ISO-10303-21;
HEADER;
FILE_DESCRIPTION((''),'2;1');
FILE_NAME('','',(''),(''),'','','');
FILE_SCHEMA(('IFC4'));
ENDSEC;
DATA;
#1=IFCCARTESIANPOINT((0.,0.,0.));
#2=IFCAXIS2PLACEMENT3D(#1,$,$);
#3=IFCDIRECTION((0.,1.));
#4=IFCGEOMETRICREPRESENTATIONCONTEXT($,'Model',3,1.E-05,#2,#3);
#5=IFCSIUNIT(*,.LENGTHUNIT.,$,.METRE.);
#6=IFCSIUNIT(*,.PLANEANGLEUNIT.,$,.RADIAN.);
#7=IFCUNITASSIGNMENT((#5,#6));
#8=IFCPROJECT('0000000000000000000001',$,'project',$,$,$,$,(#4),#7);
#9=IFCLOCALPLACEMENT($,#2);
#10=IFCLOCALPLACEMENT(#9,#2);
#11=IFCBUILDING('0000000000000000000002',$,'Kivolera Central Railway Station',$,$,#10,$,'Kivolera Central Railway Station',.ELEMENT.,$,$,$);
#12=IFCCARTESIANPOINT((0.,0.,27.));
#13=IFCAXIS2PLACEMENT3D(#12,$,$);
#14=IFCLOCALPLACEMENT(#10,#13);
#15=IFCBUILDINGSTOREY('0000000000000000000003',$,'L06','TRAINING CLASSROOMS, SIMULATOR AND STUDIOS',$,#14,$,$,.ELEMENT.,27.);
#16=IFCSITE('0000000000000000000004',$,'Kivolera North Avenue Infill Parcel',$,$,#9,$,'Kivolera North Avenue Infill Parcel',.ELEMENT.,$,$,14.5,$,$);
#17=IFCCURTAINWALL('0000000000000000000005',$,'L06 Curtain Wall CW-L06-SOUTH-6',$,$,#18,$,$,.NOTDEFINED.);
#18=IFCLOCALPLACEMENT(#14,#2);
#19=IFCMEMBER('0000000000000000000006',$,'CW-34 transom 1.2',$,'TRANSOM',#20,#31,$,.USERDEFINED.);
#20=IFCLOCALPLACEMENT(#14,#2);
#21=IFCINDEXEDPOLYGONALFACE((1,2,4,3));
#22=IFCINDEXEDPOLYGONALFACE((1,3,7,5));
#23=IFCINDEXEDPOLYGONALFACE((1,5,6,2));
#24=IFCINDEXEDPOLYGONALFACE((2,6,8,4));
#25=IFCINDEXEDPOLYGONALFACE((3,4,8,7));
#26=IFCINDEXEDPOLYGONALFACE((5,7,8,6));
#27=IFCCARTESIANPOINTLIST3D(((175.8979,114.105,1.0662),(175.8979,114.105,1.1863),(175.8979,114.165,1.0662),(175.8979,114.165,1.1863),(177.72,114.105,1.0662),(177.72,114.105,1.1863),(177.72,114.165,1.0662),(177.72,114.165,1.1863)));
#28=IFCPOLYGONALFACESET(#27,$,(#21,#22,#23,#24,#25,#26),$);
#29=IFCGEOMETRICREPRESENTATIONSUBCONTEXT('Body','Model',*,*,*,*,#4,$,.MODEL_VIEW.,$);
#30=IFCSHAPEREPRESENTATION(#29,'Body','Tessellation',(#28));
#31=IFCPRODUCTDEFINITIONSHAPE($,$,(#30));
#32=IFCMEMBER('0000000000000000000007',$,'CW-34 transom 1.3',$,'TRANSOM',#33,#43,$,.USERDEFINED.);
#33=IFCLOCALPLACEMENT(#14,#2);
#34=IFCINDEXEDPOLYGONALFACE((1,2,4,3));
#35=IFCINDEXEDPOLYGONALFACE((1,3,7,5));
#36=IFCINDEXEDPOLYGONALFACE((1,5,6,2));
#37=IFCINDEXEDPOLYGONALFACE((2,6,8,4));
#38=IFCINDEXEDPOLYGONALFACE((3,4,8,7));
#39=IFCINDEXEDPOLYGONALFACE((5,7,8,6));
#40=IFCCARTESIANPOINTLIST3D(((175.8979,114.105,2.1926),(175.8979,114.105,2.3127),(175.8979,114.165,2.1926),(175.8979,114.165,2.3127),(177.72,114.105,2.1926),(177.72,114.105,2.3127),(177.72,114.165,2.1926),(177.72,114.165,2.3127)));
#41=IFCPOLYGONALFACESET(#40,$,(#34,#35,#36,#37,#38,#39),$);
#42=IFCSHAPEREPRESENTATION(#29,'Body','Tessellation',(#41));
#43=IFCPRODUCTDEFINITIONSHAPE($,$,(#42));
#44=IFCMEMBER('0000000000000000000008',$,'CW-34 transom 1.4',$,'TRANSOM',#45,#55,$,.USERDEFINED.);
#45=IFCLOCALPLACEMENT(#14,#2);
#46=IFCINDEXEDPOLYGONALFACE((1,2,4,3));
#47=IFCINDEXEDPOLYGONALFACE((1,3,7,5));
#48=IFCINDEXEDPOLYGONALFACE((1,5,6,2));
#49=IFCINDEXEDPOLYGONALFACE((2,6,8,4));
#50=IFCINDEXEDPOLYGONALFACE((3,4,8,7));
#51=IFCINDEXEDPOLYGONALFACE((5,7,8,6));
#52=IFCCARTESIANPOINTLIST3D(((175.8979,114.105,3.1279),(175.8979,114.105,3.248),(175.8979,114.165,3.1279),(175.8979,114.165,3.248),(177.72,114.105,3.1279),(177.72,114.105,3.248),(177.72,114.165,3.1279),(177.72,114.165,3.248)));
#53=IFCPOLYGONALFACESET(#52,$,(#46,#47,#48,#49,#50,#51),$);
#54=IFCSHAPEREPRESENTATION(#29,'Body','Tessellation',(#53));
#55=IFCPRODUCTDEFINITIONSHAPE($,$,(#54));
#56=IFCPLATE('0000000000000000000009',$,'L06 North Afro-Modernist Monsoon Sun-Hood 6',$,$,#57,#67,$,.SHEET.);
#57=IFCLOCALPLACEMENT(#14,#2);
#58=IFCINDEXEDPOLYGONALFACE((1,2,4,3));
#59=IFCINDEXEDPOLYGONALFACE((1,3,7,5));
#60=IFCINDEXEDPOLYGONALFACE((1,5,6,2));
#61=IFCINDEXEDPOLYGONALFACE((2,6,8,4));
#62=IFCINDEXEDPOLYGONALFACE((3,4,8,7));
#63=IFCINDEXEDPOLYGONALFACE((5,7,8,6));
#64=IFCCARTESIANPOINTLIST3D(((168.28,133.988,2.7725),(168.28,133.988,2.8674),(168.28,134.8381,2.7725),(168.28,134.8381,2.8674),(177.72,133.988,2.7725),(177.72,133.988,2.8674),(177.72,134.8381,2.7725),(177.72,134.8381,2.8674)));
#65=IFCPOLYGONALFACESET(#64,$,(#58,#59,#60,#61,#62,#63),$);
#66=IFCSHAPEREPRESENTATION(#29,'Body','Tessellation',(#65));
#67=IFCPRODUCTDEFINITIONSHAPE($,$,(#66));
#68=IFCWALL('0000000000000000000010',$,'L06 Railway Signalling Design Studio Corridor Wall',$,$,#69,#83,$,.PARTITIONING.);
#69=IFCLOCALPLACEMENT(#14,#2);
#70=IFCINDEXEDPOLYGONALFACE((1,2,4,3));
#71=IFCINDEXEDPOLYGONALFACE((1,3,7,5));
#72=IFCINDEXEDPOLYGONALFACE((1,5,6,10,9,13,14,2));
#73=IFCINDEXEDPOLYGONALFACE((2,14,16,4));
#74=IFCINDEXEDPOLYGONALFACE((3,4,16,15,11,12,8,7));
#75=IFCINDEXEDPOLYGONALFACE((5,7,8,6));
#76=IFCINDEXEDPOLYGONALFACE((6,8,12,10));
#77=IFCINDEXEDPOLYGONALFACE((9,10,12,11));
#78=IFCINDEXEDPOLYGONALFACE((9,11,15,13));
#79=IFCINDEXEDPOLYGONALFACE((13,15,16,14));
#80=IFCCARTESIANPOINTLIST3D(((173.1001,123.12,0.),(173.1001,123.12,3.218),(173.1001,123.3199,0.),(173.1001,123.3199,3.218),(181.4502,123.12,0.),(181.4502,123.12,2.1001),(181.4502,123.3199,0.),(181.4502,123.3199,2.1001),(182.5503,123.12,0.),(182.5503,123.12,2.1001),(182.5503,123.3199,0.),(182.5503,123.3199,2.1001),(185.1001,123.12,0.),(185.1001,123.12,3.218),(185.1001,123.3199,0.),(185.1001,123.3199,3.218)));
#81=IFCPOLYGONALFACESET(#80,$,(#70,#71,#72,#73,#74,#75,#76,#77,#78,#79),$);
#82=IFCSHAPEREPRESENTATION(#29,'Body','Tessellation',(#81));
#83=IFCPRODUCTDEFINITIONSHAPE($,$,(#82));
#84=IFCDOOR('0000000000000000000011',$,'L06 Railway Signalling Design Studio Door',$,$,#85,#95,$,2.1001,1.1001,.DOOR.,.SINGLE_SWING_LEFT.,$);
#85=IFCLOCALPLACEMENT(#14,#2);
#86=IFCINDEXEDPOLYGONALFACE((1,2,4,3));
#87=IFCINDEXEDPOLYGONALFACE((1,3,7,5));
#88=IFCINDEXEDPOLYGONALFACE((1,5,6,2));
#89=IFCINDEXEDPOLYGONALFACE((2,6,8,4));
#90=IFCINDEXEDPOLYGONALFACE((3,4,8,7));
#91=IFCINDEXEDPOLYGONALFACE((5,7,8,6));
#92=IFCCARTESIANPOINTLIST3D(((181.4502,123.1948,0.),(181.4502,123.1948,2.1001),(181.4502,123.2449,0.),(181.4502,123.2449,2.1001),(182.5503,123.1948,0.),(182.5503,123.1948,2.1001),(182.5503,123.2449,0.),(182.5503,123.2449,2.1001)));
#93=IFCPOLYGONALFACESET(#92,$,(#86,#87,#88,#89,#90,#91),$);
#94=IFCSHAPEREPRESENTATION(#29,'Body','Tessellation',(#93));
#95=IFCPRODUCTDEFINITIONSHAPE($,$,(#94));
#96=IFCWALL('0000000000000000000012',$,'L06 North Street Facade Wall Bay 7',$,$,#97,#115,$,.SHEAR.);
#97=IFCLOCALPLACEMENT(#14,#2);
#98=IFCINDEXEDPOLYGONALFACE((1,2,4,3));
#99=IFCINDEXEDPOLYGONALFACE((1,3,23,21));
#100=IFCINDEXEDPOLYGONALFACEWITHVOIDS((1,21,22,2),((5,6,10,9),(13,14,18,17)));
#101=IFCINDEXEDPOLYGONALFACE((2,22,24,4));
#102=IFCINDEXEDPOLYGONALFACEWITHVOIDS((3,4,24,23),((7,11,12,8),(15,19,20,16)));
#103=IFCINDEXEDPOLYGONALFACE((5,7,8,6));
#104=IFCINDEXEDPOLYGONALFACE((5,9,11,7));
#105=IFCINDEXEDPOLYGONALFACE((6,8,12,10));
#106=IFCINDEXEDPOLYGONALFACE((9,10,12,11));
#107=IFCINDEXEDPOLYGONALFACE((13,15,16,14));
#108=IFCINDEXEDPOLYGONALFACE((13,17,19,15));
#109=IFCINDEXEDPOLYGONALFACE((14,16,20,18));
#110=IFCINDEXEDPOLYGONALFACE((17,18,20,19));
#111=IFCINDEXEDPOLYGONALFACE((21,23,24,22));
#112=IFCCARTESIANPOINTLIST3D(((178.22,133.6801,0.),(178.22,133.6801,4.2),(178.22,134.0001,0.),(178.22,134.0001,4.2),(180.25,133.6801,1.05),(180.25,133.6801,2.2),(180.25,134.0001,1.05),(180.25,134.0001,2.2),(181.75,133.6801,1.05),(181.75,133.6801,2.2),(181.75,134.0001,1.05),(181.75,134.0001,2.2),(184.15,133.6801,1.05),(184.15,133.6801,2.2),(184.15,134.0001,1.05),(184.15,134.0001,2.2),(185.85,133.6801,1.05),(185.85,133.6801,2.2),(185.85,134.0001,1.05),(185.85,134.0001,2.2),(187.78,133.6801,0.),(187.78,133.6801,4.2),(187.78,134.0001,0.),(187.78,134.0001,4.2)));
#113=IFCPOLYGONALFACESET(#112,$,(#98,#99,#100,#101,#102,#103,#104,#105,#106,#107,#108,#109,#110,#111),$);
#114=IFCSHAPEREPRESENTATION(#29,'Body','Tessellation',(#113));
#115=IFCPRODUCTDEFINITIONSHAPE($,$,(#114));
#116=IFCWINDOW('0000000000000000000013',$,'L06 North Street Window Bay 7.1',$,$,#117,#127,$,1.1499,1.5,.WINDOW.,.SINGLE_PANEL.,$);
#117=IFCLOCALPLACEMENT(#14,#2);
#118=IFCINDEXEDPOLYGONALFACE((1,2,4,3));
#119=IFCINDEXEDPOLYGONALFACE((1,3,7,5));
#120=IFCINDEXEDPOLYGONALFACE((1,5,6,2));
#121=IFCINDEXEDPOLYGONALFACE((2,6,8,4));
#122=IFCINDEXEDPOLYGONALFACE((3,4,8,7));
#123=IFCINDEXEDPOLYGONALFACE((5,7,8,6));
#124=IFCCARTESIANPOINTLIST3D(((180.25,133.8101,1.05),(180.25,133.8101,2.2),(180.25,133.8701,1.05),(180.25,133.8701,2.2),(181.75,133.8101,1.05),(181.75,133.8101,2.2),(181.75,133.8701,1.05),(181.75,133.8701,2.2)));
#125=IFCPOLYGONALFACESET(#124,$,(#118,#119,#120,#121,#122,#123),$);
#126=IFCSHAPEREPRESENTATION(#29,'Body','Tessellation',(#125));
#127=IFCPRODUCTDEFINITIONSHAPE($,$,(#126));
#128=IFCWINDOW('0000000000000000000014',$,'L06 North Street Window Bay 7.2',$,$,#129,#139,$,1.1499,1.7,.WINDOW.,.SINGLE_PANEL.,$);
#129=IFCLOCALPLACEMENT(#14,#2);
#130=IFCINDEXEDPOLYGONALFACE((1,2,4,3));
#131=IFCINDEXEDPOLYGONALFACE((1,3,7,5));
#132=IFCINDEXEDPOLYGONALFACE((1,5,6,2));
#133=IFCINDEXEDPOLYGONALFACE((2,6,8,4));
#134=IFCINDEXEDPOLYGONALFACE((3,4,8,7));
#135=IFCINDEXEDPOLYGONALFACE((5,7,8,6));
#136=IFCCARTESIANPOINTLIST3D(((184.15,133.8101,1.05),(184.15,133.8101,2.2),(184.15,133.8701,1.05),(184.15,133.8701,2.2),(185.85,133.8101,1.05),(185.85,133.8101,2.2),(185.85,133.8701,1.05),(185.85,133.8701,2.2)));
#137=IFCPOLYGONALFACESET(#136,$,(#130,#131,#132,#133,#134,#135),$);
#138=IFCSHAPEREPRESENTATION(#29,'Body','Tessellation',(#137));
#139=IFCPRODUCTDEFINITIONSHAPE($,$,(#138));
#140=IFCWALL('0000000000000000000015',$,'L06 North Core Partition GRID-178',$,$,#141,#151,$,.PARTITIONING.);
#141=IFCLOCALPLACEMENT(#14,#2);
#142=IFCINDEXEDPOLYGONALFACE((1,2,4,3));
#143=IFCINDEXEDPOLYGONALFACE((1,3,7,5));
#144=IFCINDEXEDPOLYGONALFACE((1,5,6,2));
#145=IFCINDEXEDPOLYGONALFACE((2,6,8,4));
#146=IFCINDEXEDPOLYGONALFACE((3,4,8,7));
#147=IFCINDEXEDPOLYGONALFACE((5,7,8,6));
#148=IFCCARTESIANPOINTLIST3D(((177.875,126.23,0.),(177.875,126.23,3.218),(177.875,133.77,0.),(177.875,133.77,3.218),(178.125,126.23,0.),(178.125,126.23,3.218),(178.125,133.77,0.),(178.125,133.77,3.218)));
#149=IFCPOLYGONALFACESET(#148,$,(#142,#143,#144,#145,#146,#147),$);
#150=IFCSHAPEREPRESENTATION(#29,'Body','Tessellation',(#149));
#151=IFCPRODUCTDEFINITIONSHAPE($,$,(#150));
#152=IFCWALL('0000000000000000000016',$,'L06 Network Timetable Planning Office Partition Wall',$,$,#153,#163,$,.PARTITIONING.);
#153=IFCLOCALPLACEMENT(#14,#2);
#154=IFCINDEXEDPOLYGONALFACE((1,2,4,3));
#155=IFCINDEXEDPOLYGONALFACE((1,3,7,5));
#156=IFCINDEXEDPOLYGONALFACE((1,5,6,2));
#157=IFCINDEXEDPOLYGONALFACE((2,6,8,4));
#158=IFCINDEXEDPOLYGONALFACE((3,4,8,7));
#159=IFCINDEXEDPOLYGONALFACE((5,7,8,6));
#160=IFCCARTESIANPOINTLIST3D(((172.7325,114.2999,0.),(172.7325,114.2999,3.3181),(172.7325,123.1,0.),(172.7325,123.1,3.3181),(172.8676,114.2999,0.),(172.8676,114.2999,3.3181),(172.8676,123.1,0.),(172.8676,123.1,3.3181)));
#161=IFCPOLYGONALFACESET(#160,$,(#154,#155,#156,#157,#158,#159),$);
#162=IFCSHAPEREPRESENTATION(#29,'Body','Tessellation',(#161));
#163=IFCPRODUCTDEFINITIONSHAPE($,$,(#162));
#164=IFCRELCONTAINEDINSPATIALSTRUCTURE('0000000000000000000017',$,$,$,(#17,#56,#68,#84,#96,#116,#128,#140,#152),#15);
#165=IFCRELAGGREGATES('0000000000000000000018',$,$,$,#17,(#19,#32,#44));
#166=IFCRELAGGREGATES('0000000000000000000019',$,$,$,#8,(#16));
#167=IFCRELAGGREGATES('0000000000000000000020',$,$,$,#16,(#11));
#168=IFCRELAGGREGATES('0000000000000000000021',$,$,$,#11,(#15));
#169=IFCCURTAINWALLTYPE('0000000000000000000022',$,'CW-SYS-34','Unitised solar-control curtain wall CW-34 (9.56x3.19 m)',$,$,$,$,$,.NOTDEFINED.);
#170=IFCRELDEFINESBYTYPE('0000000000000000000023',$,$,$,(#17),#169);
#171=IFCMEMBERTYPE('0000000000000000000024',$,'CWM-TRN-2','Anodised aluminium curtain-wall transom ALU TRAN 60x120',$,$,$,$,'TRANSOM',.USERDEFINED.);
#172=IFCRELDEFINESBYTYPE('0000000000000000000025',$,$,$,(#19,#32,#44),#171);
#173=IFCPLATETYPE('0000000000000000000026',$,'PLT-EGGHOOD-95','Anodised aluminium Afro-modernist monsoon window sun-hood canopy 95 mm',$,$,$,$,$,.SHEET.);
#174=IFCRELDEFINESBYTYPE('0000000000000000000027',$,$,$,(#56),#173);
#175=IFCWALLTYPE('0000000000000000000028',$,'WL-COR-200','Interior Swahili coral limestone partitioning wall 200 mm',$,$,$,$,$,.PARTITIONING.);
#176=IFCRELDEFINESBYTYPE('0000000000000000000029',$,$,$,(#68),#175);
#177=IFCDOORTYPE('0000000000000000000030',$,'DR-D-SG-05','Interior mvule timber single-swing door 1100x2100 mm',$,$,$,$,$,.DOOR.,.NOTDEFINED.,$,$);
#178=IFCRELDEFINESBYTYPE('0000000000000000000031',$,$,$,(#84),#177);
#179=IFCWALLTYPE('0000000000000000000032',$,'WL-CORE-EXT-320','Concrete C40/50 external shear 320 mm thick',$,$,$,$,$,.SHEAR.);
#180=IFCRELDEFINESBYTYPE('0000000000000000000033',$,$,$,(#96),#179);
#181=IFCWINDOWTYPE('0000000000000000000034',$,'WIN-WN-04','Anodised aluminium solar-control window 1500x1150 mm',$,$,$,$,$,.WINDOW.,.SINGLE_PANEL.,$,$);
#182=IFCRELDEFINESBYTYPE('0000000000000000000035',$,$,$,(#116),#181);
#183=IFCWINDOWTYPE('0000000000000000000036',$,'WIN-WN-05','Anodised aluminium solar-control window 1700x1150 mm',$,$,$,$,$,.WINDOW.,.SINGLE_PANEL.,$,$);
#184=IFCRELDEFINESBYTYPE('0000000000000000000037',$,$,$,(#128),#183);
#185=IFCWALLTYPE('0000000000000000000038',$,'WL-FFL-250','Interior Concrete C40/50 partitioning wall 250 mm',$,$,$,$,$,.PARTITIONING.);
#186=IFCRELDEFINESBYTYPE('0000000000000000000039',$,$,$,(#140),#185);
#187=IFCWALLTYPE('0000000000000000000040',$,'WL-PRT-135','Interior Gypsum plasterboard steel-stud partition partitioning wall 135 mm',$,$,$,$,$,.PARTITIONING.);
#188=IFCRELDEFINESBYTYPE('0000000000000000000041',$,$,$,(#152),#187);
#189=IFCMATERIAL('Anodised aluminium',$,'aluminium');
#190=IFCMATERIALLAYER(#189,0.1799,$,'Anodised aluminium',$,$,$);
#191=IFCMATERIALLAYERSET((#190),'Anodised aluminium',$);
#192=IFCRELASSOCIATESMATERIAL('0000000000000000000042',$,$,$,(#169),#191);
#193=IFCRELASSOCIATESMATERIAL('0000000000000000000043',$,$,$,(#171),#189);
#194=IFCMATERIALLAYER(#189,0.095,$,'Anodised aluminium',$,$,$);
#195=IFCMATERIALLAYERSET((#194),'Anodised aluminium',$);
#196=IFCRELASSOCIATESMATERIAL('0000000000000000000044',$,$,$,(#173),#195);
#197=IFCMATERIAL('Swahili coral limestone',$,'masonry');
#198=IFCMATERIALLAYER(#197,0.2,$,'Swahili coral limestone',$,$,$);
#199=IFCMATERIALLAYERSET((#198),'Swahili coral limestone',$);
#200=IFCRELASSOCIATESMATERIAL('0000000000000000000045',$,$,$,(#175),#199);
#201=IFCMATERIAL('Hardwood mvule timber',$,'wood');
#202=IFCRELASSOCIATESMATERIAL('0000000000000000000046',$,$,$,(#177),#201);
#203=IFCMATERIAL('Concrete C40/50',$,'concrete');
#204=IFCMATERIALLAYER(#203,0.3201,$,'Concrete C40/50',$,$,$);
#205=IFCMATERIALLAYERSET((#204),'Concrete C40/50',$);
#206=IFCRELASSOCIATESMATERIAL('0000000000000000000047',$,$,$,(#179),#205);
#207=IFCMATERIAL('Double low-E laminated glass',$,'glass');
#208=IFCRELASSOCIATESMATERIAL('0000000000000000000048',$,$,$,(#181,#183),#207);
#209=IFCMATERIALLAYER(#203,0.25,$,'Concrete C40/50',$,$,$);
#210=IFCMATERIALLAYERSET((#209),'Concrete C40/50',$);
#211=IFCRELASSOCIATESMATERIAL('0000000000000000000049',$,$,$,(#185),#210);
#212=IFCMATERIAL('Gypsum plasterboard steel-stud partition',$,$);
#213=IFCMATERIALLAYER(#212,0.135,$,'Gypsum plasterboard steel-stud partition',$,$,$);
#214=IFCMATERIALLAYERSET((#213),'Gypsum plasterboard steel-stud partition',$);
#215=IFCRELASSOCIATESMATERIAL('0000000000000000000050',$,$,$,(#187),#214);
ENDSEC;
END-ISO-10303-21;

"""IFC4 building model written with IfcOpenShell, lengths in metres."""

from ifc_helpers import new_model, si_unit, direction, frame, frame_2d, origin, origin_2d, place, context, subcontext, project, spatial, rectangle, extrude, material, layer, layer_set, material_profile, profile_set, type_object, element, fill, aggregate, save


model = new_model("IFC4")

# Units and contexts
model_context = context("Model", 3, precision=1e-05, world=origin(), true_north=direction((0.0, 1.0)))
body_context = subcontext(model_context, "Body", "Model", "MODEL_VIEW")
ifc_project = project(units=[si_unit("LENGTHUNIT", "METRE"), si_unit("PLANEANGLEUNIT", "RADIAN")], contexts=[model_context])

# Site, building, storey
site_placement = place(None, origin())
site = spatial("IfcSite", under=ifc_project, at=site_placement, Name="Kivolera North Avenue Infill Parcel", LongName="Kivolera North Avenue Infill Parcel", CompositionType="ELEMENT", RefElevation=14.5)
building_placement = place(site_placement, origin())
building = spatial("IfcBuilding", under=site, at=building_placement, Name="Kivolera Central Railway Station", LongName="Kivolera Central Railway Station", CompositionType="ELEMENT")
storey_placement = place(building_placement, frame((0.0, 0.0, 27.0)))
storey = spatial("IfcBuildingStorey", under=building, at=storey_placement, Name="L06", Description="TRAINING CLASSROOMS, SIMULATOR AND STUDIOS", CompositionType="ELEMENT", Elevation=27.0)

# Shared definitions
ifc_material_1 = material(Name="Concrete C40/50", Category="concrete")

# Curtain wall, members
ifc_material_2 = material(Name="Anodised aluminium", Category="aluminium")
ifc_layer_1 = layer(ifc_material_2, 0.1799, Name="Anodised aluminium")
ifc_layer_set_1 = layer_set([ifc_layer_1], Name="Anodised aluminium")
curtain_wall_type = type_object("IfcCurtainWallType", Name="CW-SYS-34", Description="Unitised solar-control curtain wall CW-34 (9.56x3.19 m)", PredefinedType="NOTDEFINED", material=ifc_layer_set_1)
curtain_wall_placement = place(storey_placement, origin())
curtain_wall = element("IfcCurtainWall", 1, at=curtain_wall_placement, inside=storey, type_object=curtain_wall_type, Name="L06 Curtain Wall CW-L06-SOUTH-6", PredefinedType="NOTDEFINED")
ifc_material_profile_1 = material_profile(ifc_material_2, rectangle(XDim=0.0601, YDim=0.1201, at=origin_2d()), Name="ALU TRAN 60x120")
ifc_profile_set_1 = profile_set([ifc_material_profile_1], Name="Anodised aluminium")
member_type_1 = type_object("IfcMemberType", Name="CWM-TRN-2", Description="Anodised aluminium curtain-wall transom ALU TRAN 60x120", ElementType="TRANSOM", PredefinedType="USERDEFINED", material=ifc_profile_set_1)
member_1_placement = place(storey_placement, frame((177.72, 114.135, 1.1262), z_axis=(-1.0, 0.0, 0.0), x_axis=(0.0, -1.0, 0.0)))
member_1 = element("IfcMember", 2, at=member_1_placement, type_object=member_type_1, Name="CW-34 transom 1.2", ObjectType="TRANSOM", PredefinedType="USERDEFINED", context=body_context, shape_type="SweptSolid", body=[
    extrude(rectangle(XDim=0.0601, YDim=0.1201, at=origin_2d()), origin(), (0.0, 0.0, 1.0), 1.822),
])
member_2_placement = place(storey_placement, frame((177.72, 114.135, 2.2527), z_axis=(-1.0, 0.0, 0.0), x_axis=(0.0, -1.0, 0.0)))
member_2 = element("IfcMember", 3, at=member_2_placement, type_object=member_type_1, Name="CW-34 transom 1.3", ObjectType="TRANSOM", PredefinedType="USERDEFINED", context=body_context, shape_type="SweptSolid", body=[
    extrude(rectangle(XDim=0.0601, YDim=0.1201, at=origin_2d()), origin(), (0.0, 0.0, 1.0), 1.822),
])
member_3_placement = place(storey_placement, frame((177.72, 114.135, 3.188), z_axis=(-1.0, 0.0, 0.0), x_axis=(0.0, -1.0, 0.0)))
member_3 = element("IfcMember", 4, at=member_3_placement, type_object=member_type_1, Name="CW-34 transom 1.4", ObjectType="TRANSOM", PredefinedType="USERDEFINED", context=body_context, shape_type="SweptSolid", body=[
    extrude(rectangle(XDim=0.0601, YDim=0.1201, at=origin_2d()), origin(), (0.0, 0.0, 1.0), 1.822),
])
aggregate(curtain_wall, [member_1, member_2, member_3])

# Plate
ifc_layer_2 = layer(ifc_material_2, 0.095, Name="Anodised aluminium")
ifc_layer_set_2 = layer_set([ifc_layer_2], Name="Anodised aluminium")
plate_type = type_object("IfcPlateType", Name="PLT-EGGHOOD-95", Description="Anodised aluminium Afro-modernist monsoon window sun-hood canopy 95 mm", PredefinedType="SHEET", material=ifc_layer_set_2)
plate_placement = place(storey_placement, frame((173.0, 134.4131, 2.7725), z_axis=(0.0, 0.0, 1.0), x_axis=(1.0, 0.0, 0.0)))
element("IfcPlate", 5, at=plate_placement, inside=storey, type_object=plate_type, Name="L06 North Afro-Modernist Monsoon Sun-Hood 6", PredefinedType="SHEET", context=body_context, shape_type="SweptSolid", body=[
    extrude(rectangle(XDim=9.4399, YDim=0.8501, at=origin_2d()), origin(), (0.0, 0.0, 1.0), 0.095),
])

# Wall, opening, door
ifc_material_3 = material(Name="Swahili coral limestone", Category="masonry")
ifc_layer_3 = layer(ifc_material_3, 0.2, Name="Swahili coral limestone")
ifc_layer_set_3 = layer_set([ifc_layer_3], Name="Swahili coral limestone")
wall_type_1 = type_object("IfcWallType", Name="WL-COR-200", Description="Interior Swahili coral limestone partitioning wall 200 mm", PredefinedType="PARTITIONING", material=ifc_layer_set_3)
wall_1_placement = place(storey_placement, frame((173.1001, 123.22, 0.0), z_axis=(0.0, 0.0, 1.0), x_axis=(1.0, 0.0, 0.0)))
wall_1 = element("IfcWall", 6, at=wall_1_placement, inside=storey, type_object=wall_type_1, Name="L06 Railway Signalling Design Studio Corridor Wall", PredefinedType="PARTITIONING", context=body_context, shape_type="SweptSolid", body=[
    extrude(rectangle(XDim=12.0, YDim=0.2, at=frame_2d((6.0, 0.0))), origin(), (0.0, 0.0, 1.0), 3.218),
])
opening_1_placement = place(wall_1_placement, frame((8.3501, 0.0, 0.0)))
opening_1 = element("IfcOpeningElement", 7, at=opening_1_placement, cuts=wall_1, PredefinedType="OPENING", context=body_context, shape_type="SweptSolid", body=[
    extrude(rectangle(XDim=1.1001, YDim=2.1001, at=frame_2d((0.55, 1.05))), frame((0.0, 0.1099, 0.0), z_axis=(0.0, -1.0, 0.0), x_axis=(1.0, 0.0, 0.0)), (0.0, 0.0, 1.0), 0.22),
])
ifc_material_4 = material(Name="Hardwood mvule timber", Category="wood")
door_type = type_object("IfcDoorType", Name="DR-D-SG-05", Description="Interior mvule timber single-swing door 1100x2100 mm", OperationType="NOTDEFINED", PredefinedType="DOOR", material=ifc_material_4)
door_placement = place(opening_1_placement, origin())
door = element("IfcDoor", 8, at=door_placement, inside=storey, type_object=door_type, Name="L06 Railway Signalling Design Studio Door", OperationType="SINGLE_SWING_LEFT", OverallHeight=2.1001, OverallWidth=1.1001, PredefinedType="DOOR", context=body_context, shape_type="SweptSolid", body=[
    extrude(rectangle(XDim=1.1001, YDim=2.1001, at=frame_2d((0.55, 1.05))), frame((0.0, 0.0249, 0.0), z_axis=(0.0, -1.0, 0.0), x_axis=(1.0, 0.0, 0.0)), (0.0, 0.0, 1.0), 0.05),
])
fill(opening_1, door)

# Wall, openings, windows
ifc_layer_4 = layer(ifc_material_1, 0.3201, Name="Concrete C40/50")
ifc_layer_set_4 = layer_set([ifc_layer_4], Name="Concrete C40/50")
wall_type_2 = type_object("IfcWallType", Name="WL-CORE-EXT-320", Description="Concrete C40/50 external shear 320 mm thick", PredefinedType="SHEAR", material=ifc_layer_set_4)
wall_2_placement = place(storey_placement, frame((178.22, 133.8401, 0.0), z_axis=(0.0, 0.0, 1.0), x_axis=(1.0, 0.0, 0.0)))
wall_2 = element("IfcWall", 9, at=wall_2_placement, inside=storey, type_object=wall_type_2, Name="L06 North Street Facade Wall Bay 7", PredefinedType="SHEAR", context=body_context, shape_type="SweptSolid", body=[
    extrude(rectangle(XDim=9.5601, YDim=0.3201, at=frame_2d((4.78, 0.0))), origin(), (0.0, 0.0, 1.0), 4.2),
])
opening_2_placement = place(wall_2_placement, frame((2.03, 0.0, 1.05)))
opening_2 = element("IfcOpeningElement", 10, at=opening_2_placement, cuts=wall_2, PredefinedType="OPENING", context=body_context, shape_type="SweptSolid", body=[
    extrude(rectangle(XDim=1.5, YDim=1.1499, at=frame_2d((0.75, 0.575))), frame((0.0, 0.1699, 0.0), z_axis=(0.0, -1.0, 0.0), x_axis=(1.0, 0.0, 0.0)), (0.0, 0.0, 1.0), 0.3401),
])
opening_3_placement = place(wall_2_placement, frame((5.9299, 0.0, 1.05)))
opening_3 = element("IfcOpeningElement", 11, at=opening_3_placement, cuts=wall_2, PredefinedType="OPENING", context=body_context, shape_type="SweptSolid", body=[
    extrude(rectangle(XDim=1.7, YDim=1.1499, at=frame_2d((0.8501, 0.575))), frame((0.0, 0.1699, 0.0), z_axis=(0.0, -1.0, 0.0), x_axis=(1.0, 0.0, 0.0)), (0.0, 0.0, 1.0), 0.3401),
])
ifc_material_5 = material(Name="Double low-E laminated glass", Category="glass")
window_type_1 = type_object("IfcWindowType", Name="WIN-WN-04", Description="Anodised aluminium solar-control window 1500x1150 mm", PartitioningType="SINGLE_PANEL", PredefinedType="WINDOW", material=ifc_material_5)
window_1_placement = place(opening_2_placement, origin())
window_1 = element("IfcWindow", 12, at=window_1_placement, inside=storey, type_object=window_type_1, Name="L06 North Street Window Bay 7.1", OverallHeight=1.1499, OverallWidth=1.5, PartitioningType="SINGLE_PANEL", PredefinedType="WINDOW", context=body_context, shape_type="SweptSolid", body=[
    extrude(rectangle(XDim=1.5, YDim=1.1499, at=frame_2d((0.75, 0.575))), frame((0.0, 0.03, 0.0), z_axis=(0.0, -1.0, 0.0), x_axis=(1.0, 0.0, 0.0)), (0.0, 0.0, 1.0), 0.0601),
])
fill(opening_2, window_1)
window_type_2 = type_object("IfcWindowType", Name="WIN-WN-05", Description="Anodised aluminium solar-control window 1700x1150 mm", PartitioningType="SINGLE_PANEL", PredefinedType="WINDOW", material=ifc_material_5)
window_2_placement = place(opening_3_placement, origin())
window_2 = element("IfcWindow", 13, at=window_2_placement, inside=storey, type_object=window_type_2, Name="L06 North Street Window Bay 7.2", OverallHeight=1.1499, OverallWidth=1.7, PartitioningType="SINGLE_PANEL", PredefinedType="WINDOW", context=body_context, shape_type="SweptSolid", body=[
    extrude(rectangle(XDim=1.7, YDim=1.1499, at=frame_2d((0.8501, 0.575))), frame((0.0, 0.03, 0.0), z_axis=(0.0, -1.0, 0.0), x_axis=(1.0, 0.0, 0.0)), (0.0, 0.0, 1.0), 0.0601),
])
fill(opening_3, window_2)

# Walls
ifc_layer_5 = layer(ifc_material_1, 0.25, Name="Concrete C40/50")
ifc_layer_set_5 = layer_set([ifc_layer_5], Name="Concrete C40/50")
wall_type_3 = type_object("IfcWallType", Name="WL-FFL-250", Description="Interior Concrete C40/50 partitioning wall 250 mm", PredefinedType="PARTITIONING", material=ifc_layer_set_5)
wall_3_placement = place(storey_placement, frame((178.0, 126.23, 0.0), z_axis=(0.0, 0.0, 1.0), x_axis=(0.0, 1.0, 0.0)))
element("IfcWall", 14, at=wall_3_placement, inside=storey, type_object=wall_type_3, Name="L06 North Core Partition GRID-178", PredefinedType="PARTITIONING", context=body_context, shape_type="SweptSolid", body=[
    extrude(rectangle(XDim=7.54, YDim=0.25, at=frame_2d((3.77, 0.0))), origin(), (0.0, 0.0, 1.0), 3.218),
])
ifc_material_6 = material(Name="Gypsum plasterboard steel-stud partition")
ifc_layer_6 = layer(ifc_material_6, 0.135, Name="Gypsum plasterboard steel-stud partition")
ifc_layer_set_6 = layer_set([ifc_layer_6], Name="Gypsum plasterboard steel-stud partition")
wall_type_4 = type_object("IfcWallType", Name="WL-PRT-135", Description="Interior Gypsum plasterboard steel-stud partition partitioning wall 135 mm", PredefinedType="PARTITIONING", material=ifc_layer_set_6)
wall_4_placement = place(storey_placement, frame((172.8, 114.3, 0.0), z_axis=(0.0, 0.0, 1.0), x_axis=(0.0, 1.0, 0.0)))
element("IfcWall", 15, at=wall_4_placement, inside=storey, type_object=wall_type_4, Name="L06 Network Timetable Planning Office Partition Wall", PredefinedType="PARTITIONING", context=body_context, shape_type="SweptSolid", body=[
    extrude(rectangle(XDim=8.8, YDim=0.135, at=frame_2d((4.3999, 0.0))), origin(), (0.0, 0.0, 1.0), 3.3181),
])

save(model, "model.ifc")
